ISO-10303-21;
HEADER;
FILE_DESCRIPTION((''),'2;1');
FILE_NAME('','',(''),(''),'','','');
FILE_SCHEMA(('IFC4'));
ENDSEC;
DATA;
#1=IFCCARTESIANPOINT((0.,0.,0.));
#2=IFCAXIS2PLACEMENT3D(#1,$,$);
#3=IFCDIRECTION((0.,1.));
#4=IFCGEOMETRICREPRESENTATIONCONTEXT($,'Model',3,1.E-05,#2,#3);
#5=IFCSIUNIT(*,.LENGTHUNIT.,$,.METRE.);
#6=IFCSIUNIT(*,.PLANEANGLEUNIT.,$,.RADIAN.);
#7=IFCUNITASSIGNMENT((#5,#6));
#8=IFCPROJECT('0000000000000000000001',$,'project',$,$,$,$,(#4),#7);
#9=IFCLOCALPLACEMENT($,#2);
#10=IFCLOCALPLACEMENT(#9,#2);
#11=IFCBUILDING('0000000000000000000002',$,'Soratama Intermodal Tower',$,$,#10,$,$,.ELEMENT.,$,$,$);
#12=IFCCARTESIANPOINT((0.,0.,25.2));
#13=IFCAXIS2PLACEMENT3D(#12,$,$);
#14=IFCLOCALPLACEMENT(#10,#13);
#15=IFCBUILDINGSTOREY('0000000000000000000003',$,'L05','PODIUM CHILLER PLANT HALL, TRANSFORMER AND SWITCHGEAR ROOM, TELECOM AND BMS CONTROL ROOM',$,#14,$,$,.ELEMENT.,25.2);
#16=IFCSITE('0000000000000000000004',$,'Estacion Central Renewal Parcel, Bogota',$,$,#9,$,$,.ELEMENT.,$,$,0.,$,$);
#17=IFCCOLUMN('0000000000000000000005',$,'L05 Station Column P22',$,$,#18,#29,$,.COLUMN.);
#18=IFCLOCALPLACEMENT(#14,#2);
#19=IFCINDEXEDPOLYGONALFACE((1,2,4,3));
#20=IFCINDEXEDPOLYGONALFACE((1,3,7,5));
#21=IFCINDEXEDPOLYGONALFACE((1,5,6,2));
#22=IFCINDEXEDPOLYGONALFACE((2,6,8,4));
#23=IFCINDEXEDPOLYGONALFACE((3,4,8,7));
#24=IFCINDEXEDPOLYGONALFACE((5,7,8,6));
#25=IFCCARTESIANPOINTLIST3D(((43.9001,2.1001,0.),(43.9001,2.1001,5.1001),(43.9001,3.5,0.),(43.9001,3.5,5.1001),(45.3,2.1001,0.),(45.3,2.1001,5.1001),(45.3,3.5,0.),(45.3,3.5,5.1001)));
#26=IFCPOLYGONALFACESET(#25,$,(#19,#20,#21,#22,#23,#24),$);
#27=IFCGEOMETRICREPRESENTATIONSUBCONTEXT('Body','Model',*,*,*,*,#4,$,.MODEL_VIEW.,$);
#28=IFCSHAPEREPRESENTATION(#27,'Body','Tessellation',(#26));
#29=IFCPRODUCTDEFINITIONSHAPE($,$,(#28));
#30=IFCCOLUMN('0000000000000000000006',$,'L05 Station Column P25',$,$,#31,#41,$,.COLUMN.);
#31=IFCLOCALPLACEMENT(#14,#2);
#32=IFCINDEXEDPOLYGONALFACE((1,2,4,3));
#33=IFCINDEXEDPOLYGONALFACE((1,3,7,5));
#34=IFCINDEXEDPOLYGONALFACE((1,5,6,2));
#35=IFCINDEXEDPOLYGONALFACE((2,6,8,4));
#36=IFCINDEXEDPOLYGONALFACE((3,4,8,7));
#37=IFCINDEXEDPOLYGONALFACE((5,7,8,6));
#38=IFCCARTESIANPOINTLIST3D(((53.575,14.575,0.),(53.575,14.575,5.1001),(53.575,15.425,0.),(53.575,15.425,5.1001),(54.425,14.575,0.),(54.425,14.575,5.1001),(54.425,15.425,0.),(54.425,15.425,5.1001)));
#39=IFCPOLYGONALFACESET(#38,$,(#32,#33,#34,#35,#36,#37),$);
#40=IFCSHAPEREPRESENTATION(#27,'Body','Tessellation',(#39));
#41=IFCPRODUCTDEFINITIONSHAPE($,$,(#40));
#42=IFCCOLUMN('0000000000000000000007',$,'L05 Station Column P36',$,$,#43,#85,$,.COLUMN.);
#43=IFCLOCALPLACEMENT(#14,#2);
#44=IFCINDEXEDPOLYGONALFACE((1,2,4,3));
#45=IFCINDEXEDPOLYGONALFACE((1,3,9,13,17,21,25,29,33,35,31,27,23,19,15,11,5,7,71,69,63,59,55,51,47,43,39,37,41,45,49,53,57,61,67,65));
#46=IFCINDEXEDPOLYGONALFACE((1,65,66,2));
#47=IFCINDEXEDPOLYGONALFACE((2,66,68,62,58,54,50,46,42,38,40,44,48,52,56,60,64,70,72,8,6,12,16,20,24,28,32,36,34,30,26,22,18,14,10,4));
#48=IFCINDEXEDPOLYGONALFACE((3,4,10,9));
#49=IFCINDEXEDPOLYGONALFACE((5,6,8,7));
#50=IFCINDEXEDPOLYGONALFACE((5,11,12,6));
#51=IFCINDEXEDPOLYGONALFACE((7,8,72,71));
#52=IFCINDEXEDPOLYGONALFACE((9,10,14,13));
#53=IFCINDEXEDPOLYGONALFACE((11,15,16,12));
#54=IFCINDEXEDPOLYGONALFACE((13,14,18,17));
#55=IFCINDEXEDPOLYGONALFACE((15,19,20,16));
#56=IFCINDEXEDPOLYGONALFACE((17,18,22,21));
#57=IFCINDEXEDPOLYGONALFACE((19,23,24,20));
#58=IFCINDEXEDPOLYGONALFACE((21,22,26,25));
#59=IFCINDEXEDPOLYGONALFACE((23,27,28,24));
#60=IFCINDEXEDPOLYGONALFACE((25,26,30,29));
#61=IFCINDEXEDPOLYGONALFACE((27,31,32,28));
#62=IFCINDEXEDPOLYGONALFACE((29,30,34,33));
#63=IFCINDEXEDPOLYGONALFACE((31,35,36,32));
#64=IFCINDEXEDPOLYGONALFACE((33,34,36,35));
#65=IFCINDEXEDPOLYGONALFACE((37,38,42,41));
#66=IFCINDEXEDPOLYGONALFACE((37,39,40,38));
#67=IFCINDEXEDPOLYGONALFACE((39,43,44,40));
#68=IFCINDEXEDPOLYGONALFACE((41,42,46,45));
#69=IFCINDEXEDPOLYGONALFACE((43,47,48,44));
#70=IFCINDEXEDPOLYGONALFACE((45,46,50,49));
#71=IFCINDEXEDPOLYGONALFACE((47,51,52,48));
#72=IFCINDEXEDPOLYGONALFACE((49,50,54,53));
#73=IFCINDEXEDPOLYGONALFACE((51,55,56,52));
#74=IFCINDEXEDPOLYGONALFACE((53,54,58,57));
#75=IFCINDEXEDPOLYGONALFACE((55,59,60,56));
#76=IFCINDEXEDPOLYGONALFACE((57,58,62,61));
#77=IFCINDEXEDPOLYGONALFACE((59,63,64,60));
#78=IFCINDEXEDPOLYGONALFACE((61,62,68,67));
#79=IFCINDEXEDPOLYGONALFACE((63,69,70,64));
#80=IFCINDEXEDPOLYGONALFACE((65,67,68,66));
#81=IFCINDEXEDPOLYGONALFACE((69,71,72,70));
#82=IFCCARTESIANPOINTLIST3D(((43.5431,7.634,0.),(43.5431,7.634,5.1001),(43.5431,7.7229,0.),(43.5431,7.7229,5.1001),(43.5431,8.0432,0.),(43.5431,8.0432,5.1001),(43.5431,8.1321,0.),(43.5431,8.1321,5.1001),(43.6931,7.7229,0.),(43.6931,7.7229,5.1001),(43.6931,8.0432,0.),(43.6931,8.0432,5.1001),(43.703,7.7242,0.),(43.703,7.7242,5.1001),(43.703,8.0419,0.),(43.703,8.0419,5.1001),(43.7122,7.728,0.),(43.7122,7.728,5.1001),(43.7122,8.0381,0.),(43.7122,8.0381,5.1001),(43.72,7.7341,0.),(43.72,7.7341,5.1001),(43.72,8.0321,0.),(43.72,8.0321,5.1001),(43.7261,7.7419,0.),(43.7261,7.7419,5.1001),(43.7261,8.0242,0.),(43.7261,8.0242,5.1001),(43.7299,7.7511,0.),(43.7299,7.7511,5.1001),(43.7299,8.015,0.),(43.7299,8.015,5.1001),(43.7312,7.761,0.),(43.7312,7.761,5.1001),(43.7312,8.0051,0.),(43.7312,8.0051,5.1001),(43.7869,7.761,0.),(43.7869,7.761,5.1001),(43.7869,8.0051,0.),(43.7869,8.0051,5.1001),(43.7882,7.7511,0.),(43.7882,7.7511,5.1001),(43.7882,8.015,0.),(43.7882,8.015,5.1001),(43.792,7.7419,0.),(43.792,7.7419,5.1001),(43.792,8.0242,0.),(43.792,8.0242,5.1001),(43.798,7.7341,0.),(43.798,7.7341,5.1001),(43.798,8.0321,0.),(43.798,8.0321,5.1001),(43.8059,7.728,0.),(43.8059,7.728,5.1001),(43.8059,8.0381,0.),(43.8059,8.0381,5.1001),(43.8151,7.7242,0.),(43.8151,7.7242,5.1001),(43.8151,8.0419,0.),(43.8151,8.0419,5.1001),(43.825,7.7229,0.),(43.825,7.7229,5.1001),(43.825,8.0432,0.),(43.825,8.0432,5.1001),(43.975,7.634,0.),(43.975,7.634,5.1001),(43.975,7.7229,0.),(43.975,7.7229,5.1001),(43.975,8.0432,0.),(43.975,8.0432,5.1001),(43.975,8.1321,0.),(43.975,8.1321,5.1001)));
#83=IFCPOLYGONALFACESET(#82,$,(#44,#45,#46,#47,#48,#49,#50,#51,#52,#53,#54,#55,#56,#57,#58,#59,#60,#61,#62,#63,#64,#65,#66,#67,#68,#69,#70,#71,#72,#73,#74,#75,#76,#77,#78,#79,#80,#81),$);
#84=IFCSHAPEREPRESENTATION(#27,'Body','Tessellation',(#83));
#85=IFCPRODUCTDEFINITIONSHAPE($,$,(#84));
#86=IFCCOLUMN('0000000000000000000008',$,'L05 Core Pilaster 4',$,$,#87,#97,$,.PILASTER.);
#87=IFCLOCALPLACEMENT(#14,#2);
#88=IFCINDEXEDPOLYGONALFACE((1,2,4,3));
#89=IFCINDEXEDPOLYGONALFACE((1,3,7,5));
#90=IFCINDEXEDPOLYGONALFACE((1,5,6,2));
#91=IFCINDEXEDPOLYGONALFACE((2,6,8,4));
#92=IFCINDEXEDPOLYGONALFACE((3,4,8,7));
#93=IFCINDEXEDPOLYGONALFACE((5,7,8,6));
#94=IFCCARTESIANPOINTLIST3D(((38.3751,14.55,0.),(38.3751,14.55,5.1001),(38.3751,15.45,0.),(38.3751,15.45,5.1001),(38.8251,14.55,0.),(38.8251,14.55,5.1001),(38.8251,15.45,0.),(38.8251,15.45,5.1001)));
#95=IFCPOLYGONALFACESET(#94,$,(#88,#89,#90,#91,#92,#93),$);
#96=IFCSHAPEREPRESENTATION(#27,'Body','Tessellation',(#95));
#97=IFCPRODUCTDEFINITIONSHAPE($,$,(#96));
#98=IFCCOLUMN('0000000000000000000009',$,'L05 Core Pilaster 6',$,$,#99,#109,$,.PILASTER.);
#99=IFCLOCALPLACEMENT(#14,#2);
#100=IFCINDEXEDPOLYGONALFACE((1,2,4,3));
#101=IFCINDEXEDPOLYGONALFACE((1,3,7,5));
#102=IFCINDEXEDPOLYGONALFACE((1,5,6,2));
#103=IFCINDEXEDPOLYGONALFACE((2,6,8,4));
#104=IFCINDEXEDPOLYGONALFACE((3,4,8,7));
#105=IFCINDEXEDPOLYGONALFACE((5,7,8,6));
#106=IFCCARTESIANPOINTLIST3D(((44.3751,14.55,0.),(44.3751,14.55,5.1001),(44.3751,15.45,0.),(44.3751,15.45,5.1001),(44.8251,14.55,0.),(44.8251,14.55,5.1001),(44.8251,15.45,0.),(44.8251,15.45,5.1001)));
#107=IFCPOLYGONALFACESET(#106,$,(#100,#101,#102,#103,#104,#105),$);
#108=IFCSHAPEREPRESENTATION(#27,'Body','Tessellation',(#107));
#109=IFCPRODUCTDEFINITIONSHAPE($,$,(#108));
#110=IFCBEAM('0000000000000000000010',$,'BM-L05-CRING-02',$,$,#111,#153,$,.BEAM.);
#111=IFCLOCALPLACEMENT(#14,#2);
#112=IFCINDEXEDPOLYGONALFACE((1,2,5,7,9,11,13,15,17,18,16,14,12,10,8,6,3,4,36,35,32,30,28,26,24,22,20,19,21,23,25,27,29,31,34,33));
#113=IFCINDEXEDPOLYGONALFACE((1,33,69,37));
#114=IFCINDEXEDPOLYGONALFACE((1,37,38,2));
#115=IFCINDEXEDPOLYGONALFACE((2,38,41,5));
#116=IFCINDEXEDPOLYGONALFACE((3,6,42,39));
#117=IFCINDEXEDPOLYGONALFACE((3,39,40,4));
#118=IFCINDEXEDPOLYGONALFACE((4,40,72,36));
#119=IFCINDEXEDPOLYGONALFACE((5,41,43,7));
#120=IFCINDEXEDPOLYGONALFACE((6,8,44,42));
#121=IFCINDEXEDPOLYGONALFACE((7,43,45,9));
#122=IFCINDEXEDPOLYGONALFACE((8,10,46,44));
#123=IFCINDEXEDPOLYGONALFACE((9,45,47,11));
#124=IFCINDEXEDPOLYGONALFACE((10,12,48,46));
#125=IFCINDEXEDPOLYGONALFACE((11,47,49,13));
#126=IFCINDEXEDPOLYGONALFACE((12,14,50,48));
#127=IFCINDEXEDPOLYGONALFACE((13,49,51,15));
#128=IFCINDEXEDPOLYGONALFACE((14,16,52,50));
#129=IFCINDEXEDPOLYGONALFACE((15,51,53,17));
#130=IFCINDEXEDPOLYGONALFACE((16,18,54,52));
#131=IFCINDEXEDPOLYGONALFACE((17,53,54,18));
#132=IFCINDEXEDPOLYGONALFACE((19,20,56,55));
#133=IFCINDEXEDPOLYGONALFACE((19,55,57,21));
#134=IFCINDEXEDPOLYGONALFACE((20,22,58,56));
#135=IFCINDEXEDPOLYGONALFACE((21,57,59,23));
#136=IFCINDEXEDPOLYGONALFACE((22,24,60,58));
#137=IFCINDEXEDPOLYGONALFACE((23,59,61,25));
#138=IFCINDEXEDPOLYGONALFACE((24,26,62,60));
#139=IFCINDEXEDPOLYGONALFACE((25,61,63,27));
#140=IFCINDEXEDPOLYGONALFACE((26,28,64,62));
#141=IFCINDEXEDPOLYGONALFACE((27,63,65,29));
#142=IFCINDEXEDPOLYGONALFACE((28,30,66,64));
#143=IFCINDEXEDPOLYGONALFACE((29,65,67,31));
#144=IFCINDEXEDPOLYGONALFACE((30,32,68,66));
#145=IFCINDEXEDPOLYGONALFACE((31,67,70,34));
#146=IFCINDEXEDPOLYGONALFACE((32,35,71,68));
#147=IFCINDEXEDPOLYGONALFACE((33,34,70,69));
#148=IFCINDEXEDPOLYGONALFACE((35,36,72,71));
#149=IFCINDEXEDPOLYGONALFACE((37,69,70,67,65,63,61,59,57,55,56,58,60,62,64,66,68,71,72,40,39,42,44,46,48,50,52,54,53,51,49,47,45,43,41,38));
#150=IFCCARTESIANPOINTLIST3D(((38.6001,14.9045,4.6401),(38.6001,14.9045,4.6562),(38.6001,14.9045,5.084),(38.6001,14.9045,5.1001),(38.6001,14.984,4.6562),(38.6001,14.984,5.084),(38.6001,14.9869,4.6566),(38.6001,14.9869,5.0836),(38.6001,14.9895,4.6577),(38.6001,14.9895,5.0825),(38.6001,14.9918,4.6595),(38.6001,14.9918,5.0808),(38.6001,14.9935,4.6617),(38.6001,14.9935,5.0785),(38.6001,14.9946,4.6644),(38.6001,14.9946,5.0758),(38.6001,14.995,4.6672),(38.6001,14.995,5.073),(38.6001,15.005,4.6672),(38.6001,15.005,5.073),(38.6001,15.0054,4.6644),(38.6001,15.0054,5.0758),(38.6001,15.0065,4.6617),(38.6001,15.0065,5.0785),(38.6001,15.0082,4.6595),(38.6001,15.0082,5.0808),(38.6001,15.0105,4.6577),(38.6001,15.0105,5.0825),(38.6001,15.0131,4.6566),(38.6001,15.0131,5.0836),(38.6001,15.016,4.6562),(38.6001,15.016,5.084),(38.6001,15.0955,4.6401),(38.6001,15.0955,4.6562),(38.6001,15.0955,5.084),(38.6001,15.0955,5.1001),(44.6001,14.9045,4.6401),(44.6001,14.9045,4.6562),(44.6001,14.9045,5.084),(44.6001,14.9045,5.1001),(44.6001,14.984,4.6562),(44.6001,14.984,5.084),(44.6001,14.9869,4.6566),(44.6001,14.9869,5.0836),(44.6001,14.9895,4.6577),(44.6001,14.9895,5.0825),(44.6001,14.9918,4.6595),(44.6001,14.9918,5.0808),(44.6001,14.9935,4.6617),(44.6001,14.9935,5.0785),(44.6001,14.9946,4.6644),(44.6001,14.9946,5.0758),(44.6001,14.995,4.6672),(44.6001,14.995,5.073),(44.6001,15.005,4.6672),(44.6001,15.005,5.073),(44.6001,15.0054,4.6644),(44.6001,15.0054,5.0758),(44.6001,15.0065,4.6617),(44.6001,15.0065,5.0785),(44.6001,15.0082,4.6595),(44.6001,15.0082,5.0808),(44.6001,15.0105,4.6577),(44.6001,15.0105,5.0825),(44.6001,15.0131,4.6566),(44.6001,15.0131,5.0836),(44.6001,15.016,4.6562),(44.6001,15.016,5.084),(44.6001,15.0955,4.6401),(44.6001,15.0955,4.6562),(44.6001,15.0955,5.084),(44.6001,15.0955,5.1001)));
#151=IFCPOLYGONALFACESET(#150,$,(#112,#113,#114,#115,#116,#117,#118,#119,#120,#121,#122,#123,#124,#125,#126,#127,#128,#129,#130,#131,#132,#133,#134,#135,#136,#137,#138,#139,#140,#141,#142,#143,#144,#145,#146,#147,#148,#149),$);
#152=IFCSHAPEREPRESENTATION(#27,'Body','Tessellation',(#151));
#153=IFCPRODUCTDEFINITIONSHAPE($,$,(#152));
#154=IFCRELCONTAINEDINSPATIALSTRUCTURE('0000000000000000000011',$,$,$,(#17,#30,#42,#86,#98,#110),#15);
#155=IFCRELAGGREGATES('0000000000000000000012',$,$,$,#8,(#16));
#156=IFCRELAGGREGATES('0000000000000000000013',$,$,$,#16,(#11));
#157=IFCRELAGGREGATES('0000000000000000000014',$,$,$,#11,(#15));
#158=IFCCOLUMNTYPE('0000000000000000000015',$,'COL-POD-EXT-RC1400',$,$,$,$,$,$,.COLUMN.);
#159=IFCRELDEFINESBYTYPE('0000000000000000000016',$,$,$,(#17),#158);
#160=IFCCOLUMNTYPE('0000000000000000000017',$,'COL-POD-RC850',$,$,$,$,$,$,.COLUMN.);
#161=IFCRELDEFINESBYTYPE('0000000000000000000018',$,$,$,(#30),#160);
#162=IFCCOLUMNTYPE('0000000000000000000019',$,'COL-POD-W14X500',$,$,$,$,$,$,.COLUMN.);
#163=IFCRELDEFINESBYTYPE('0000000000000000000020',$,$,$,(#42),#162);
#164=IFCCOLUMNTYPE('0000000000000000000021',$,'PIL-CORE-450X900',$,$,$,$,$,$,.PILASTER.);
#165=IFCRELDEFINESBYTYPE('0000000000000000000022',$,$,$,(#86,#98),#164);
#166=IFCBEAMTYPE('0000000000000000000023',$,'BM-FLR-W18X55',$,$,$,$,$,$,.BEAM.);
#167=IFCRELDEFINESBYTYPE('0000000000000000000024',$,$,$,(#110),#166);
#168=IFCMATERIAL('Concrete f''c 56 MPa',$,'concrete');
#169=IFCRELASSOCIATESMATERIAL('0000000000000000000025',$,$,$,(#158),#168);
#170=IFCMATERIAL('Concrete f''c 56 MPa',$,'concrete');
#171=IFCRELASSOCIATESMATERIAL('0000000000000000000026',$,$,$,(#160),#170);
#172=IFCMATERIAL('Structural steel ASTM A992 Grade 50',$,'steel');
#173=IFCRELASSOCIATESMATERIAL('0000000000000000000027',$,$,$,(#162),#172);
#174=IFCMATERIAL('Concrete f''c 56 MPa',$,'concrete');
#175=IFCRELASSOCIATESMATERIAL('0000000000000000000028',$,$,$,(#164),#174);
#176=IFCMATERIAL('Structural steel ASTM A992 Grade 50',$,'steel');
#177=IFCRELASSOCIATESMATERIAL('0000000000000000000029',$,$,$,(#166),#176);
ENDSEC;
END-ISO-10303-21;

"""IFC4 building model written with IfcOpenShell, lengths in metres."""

from ifc_helpers import new_model, si_unit, direction, frame, origin, origin_2d, place, context, subcontext, project, spatial, rectangle, i_section, extrude, material, material_profile, profile_set, type_object, element, save


model = new_model("IFC4")

# Units and contexts
model_context = context("Model", 3, precision=1e-05, world=origin(), true_north=direction((0.0, 1.0)))
body_context = subcontext(model_context, "Body", "Model", "MODEL_VIEW")
ifc_project = project(units=[si_unit("LENGTHUNIT", "METRE"), si_unit("PLANEANGLEUNIT", "RADIAN")], contexts=[model_context])

# Site, building, storey
site_placement = place(None, origin())
site = spatial("IfcSite", under=ifc_project, at=site_placement, Name="Estacion Central Renewal Parcel, Bogota", CompositionType="ELEMENT", RefElevation=0.0)
building_placement = place(site_placement, origin())
building = spatial("IfcBuilding", under=site, at=building_placement, Name="Soratama Intermodal Tower", CompositionType="ELEMENT")
storey_placement = place(building_placement, frame((0.0, 0.0, 25.2)))
storey = spatial("IfcBuildingStorey", under=building, at=storey_placement, Name="L05", Description="PODIUM CHILLER PLANT HALL, TRANSFORMER AND SWITCHGEAR ROOM, TELECOM AND BMS CONTROL ROOM", CompositionType="ELEMENT", Elevation=25.2)

# Columns
ifc_material_1 = material(Name="Concrete f'c 56 MPa", Category="concrete")
ifc_material_profile_1 = material_profile(ifc_material_1, rectangle(XDim=1.3999, YDim=1.3999, at=origin_2d()), Name="RC1400X1400")
ifc_profile_set_1 = profile_set([ifc_material_profile_1], Name="Concrete f'c 56 MPa")
column_type_1 = type_object("IfcColumnType", Name="COL-POD-EXT-RC1400", PredefinedType="COLUMN", material=ifc_profile_set_1)
column_1_placement = place(storey_placement, frame((44.6001, 2.8, 0.0), z_axis=(0.0, 0.0, 1.0), x_axis=(1.0, 0.0, 0.0)))
element("IfcColumn", 1, at=column_1_placement, inside=storey, type_object=column_type_1, Name="L05 Station Column P22", PredefinedType="COLUMN", context=body_context, shape_type="SweptSolid", body=[
    extrude(rectangle(XDim=1.3999, YDim=1.3999, at=origin_2d()), origin(), (0.0, 0.0, 1.0), 5.1001),
])
ifc_material_2 = material(Name="Concrete f'c 56 MPa", Category="concrete")
ifc_material_profile_2 = material_profile(ifc_material_2, rectangle(XDim=0.8501, YDim=0.8501, at=origin_2d()), Name="RC850X850")
ifc_profile_set_2 = profile_set([ifc_material_profile_2], Name="Concrete f'c 56 MPa")
column_type_2 = type_object("IfcColumnType", Name="COL-POD-RC850", PredefinedType="COLUMN", material=ifc_profile_set_2)
column_2_placement = place(storey_placement, frame((54.0, 15.0, 0.0), z_axis=(0.0, 0.0, 1.0), x_axis=(1.0, 0.0, 0.0)))
element("IfcColumn", 2, at=column_2_placement, inside=storey, type_object=column_type_2, Name="L05 Station Column P25", PredefinedType="COLUMN", context=body_context, shape_type="SweptSolid", body=[
    extrude(rectangle(XDim=0.8501, YDim=0.8501, at=origin_2d()), origin(), (0.0, 0.0, 1.0), 5.1001),
])
ifc_material_3 = material(Name="Structural steel ASTM A992 Grade 50", Category="steel")
ifc_material_profile_3 = material_profile(ifc_material_3, i_section(OverallWidth=0.4319, OverallDepth=0.498, WebThickness=0.0557, FlangeThickness=0.0889, FilletRadius=0.0381, at=origin_2d()), Name="W14X500")
ifc_profile_set_3 = profile_set([ifc_material_profile_3], Name="Structural steel ASTM A992 Grade 50")
column_type_3 = type_object("IfcColumnType", Name="COL-POD-W14X500", PredefinedType="COLUMN", material=ifc_profile_set_3)
column_3_placement = place(storey_placement, frame((43.759, 7.8831, 0.0), z_axis=(0.0, 0.0, 1.0), x_axis=(1.0, 0.0, 0.0)))
element("IfcColumn", 3, at=column_3_placement, inside=storey, type_object=column_type_3, Name="L05 Station Column P36", PredefinedType="COLUMN", context=body_context, shape_type="SweptSolid", body=[
    extrude(i_section(OverallWidth=0.4319, OverallDepth=0.498, WebThickness=0.0557, FlangeThickness=0.0889, FilletRadius=0.0381, at=origin_2d()), origin(), (0.0, 0.0, 1.0), 5.1001),
])
ifc_material_4 = material(Name="Concrete f'c 56 MPa", Category="concrete")
ifc_material_profile_4 = material_profile(ifc_material_4, rectangle(XDim=0.45, YDim=0.8999, at=origin_2d()), Name="RC450X900")
ifc_profile_set_4 = profile_set([ifc_material_profile_4], Name="Concrete f'c 56 MPa")
column_type_4 = type_object("IfcColumnType", Name="PIL-CORE-450X900", PredefinedType="PILASTER", material=ifc_profile_set_4)
for number, where, z_axis, x_axis, name in (
    (4, (38.6001, 15.0, 0.0), (0.0, 0.0, 1.0), (1.0, 0.0, 0.0), "L05 Core Pilaster 4"),
    (5, (44.6001, 15.0, 0.0), (0.0, 0.0, 1.0), (1.0, 0.0, 0.0), "L05 Core Pilaster 6"),
):
    element("IfcColumn", number, at=place(storey_placement, frame(where, z_axis=z_axis, x_axis=x_axis)), inside=storey, type_object=column_type_4, Name=name, PredefinedType="PILASTER", context=body_context, shape_type="SweptSolid", body=[
        extrude(rectangle(XDim=0.45, YDim=0.8999, at=origin_2d()), origin(), (0.0, 0.0, 1.0), 5.1001),
    ])

# Beam
ifc_material_5 = material(Name="Structural steel ASTM A992 Grade 50", Category="steel")
ifc_material_profile_5 = material_profile(ifc_material_5, i_section(OverallWidth=0.1909, OverallDepth=0.46, WebThickness=0.01, FlangeThickness=0.0161, FilletRadius=0.011, at=origin_2d()), Name="W18X55")
ifc_profile_set_5 = profile_set([ifc_material_profile_5], Name="Structural steel ASTM A992 Grade 50")
beam_type_1 = type_object("IfcBeamType", Name="BM-FLR-W18X55", PredefinedType="BEAM", material=ifc_profile_set_5)
beam_1_placement = place(storey_placement, frame((38.6001, 15.0, 4.8701), z_axis=(1.0, 0.0, 0.0), x_axis=(0.0, 1.0, 0.0)))
element("IfcBeam", 6, at=beam_1_placement, inside=storey, type_object=beam_type_1, Name="BM-L05-CRING-02", PredefinedType="BEAM", context=body_context, shape_type="SweptSolid", body=[
    extrude(i_section(OverallWidth=0.1909, OverallDepth=0.46, WebThickness=0.01, FlangeThickness=0.0161, FilletRadius=0.011, at=origin_2d()), origin(), (0.0, 0.0, 1.0), 6.0),
])

save(model, "model.ifc")
